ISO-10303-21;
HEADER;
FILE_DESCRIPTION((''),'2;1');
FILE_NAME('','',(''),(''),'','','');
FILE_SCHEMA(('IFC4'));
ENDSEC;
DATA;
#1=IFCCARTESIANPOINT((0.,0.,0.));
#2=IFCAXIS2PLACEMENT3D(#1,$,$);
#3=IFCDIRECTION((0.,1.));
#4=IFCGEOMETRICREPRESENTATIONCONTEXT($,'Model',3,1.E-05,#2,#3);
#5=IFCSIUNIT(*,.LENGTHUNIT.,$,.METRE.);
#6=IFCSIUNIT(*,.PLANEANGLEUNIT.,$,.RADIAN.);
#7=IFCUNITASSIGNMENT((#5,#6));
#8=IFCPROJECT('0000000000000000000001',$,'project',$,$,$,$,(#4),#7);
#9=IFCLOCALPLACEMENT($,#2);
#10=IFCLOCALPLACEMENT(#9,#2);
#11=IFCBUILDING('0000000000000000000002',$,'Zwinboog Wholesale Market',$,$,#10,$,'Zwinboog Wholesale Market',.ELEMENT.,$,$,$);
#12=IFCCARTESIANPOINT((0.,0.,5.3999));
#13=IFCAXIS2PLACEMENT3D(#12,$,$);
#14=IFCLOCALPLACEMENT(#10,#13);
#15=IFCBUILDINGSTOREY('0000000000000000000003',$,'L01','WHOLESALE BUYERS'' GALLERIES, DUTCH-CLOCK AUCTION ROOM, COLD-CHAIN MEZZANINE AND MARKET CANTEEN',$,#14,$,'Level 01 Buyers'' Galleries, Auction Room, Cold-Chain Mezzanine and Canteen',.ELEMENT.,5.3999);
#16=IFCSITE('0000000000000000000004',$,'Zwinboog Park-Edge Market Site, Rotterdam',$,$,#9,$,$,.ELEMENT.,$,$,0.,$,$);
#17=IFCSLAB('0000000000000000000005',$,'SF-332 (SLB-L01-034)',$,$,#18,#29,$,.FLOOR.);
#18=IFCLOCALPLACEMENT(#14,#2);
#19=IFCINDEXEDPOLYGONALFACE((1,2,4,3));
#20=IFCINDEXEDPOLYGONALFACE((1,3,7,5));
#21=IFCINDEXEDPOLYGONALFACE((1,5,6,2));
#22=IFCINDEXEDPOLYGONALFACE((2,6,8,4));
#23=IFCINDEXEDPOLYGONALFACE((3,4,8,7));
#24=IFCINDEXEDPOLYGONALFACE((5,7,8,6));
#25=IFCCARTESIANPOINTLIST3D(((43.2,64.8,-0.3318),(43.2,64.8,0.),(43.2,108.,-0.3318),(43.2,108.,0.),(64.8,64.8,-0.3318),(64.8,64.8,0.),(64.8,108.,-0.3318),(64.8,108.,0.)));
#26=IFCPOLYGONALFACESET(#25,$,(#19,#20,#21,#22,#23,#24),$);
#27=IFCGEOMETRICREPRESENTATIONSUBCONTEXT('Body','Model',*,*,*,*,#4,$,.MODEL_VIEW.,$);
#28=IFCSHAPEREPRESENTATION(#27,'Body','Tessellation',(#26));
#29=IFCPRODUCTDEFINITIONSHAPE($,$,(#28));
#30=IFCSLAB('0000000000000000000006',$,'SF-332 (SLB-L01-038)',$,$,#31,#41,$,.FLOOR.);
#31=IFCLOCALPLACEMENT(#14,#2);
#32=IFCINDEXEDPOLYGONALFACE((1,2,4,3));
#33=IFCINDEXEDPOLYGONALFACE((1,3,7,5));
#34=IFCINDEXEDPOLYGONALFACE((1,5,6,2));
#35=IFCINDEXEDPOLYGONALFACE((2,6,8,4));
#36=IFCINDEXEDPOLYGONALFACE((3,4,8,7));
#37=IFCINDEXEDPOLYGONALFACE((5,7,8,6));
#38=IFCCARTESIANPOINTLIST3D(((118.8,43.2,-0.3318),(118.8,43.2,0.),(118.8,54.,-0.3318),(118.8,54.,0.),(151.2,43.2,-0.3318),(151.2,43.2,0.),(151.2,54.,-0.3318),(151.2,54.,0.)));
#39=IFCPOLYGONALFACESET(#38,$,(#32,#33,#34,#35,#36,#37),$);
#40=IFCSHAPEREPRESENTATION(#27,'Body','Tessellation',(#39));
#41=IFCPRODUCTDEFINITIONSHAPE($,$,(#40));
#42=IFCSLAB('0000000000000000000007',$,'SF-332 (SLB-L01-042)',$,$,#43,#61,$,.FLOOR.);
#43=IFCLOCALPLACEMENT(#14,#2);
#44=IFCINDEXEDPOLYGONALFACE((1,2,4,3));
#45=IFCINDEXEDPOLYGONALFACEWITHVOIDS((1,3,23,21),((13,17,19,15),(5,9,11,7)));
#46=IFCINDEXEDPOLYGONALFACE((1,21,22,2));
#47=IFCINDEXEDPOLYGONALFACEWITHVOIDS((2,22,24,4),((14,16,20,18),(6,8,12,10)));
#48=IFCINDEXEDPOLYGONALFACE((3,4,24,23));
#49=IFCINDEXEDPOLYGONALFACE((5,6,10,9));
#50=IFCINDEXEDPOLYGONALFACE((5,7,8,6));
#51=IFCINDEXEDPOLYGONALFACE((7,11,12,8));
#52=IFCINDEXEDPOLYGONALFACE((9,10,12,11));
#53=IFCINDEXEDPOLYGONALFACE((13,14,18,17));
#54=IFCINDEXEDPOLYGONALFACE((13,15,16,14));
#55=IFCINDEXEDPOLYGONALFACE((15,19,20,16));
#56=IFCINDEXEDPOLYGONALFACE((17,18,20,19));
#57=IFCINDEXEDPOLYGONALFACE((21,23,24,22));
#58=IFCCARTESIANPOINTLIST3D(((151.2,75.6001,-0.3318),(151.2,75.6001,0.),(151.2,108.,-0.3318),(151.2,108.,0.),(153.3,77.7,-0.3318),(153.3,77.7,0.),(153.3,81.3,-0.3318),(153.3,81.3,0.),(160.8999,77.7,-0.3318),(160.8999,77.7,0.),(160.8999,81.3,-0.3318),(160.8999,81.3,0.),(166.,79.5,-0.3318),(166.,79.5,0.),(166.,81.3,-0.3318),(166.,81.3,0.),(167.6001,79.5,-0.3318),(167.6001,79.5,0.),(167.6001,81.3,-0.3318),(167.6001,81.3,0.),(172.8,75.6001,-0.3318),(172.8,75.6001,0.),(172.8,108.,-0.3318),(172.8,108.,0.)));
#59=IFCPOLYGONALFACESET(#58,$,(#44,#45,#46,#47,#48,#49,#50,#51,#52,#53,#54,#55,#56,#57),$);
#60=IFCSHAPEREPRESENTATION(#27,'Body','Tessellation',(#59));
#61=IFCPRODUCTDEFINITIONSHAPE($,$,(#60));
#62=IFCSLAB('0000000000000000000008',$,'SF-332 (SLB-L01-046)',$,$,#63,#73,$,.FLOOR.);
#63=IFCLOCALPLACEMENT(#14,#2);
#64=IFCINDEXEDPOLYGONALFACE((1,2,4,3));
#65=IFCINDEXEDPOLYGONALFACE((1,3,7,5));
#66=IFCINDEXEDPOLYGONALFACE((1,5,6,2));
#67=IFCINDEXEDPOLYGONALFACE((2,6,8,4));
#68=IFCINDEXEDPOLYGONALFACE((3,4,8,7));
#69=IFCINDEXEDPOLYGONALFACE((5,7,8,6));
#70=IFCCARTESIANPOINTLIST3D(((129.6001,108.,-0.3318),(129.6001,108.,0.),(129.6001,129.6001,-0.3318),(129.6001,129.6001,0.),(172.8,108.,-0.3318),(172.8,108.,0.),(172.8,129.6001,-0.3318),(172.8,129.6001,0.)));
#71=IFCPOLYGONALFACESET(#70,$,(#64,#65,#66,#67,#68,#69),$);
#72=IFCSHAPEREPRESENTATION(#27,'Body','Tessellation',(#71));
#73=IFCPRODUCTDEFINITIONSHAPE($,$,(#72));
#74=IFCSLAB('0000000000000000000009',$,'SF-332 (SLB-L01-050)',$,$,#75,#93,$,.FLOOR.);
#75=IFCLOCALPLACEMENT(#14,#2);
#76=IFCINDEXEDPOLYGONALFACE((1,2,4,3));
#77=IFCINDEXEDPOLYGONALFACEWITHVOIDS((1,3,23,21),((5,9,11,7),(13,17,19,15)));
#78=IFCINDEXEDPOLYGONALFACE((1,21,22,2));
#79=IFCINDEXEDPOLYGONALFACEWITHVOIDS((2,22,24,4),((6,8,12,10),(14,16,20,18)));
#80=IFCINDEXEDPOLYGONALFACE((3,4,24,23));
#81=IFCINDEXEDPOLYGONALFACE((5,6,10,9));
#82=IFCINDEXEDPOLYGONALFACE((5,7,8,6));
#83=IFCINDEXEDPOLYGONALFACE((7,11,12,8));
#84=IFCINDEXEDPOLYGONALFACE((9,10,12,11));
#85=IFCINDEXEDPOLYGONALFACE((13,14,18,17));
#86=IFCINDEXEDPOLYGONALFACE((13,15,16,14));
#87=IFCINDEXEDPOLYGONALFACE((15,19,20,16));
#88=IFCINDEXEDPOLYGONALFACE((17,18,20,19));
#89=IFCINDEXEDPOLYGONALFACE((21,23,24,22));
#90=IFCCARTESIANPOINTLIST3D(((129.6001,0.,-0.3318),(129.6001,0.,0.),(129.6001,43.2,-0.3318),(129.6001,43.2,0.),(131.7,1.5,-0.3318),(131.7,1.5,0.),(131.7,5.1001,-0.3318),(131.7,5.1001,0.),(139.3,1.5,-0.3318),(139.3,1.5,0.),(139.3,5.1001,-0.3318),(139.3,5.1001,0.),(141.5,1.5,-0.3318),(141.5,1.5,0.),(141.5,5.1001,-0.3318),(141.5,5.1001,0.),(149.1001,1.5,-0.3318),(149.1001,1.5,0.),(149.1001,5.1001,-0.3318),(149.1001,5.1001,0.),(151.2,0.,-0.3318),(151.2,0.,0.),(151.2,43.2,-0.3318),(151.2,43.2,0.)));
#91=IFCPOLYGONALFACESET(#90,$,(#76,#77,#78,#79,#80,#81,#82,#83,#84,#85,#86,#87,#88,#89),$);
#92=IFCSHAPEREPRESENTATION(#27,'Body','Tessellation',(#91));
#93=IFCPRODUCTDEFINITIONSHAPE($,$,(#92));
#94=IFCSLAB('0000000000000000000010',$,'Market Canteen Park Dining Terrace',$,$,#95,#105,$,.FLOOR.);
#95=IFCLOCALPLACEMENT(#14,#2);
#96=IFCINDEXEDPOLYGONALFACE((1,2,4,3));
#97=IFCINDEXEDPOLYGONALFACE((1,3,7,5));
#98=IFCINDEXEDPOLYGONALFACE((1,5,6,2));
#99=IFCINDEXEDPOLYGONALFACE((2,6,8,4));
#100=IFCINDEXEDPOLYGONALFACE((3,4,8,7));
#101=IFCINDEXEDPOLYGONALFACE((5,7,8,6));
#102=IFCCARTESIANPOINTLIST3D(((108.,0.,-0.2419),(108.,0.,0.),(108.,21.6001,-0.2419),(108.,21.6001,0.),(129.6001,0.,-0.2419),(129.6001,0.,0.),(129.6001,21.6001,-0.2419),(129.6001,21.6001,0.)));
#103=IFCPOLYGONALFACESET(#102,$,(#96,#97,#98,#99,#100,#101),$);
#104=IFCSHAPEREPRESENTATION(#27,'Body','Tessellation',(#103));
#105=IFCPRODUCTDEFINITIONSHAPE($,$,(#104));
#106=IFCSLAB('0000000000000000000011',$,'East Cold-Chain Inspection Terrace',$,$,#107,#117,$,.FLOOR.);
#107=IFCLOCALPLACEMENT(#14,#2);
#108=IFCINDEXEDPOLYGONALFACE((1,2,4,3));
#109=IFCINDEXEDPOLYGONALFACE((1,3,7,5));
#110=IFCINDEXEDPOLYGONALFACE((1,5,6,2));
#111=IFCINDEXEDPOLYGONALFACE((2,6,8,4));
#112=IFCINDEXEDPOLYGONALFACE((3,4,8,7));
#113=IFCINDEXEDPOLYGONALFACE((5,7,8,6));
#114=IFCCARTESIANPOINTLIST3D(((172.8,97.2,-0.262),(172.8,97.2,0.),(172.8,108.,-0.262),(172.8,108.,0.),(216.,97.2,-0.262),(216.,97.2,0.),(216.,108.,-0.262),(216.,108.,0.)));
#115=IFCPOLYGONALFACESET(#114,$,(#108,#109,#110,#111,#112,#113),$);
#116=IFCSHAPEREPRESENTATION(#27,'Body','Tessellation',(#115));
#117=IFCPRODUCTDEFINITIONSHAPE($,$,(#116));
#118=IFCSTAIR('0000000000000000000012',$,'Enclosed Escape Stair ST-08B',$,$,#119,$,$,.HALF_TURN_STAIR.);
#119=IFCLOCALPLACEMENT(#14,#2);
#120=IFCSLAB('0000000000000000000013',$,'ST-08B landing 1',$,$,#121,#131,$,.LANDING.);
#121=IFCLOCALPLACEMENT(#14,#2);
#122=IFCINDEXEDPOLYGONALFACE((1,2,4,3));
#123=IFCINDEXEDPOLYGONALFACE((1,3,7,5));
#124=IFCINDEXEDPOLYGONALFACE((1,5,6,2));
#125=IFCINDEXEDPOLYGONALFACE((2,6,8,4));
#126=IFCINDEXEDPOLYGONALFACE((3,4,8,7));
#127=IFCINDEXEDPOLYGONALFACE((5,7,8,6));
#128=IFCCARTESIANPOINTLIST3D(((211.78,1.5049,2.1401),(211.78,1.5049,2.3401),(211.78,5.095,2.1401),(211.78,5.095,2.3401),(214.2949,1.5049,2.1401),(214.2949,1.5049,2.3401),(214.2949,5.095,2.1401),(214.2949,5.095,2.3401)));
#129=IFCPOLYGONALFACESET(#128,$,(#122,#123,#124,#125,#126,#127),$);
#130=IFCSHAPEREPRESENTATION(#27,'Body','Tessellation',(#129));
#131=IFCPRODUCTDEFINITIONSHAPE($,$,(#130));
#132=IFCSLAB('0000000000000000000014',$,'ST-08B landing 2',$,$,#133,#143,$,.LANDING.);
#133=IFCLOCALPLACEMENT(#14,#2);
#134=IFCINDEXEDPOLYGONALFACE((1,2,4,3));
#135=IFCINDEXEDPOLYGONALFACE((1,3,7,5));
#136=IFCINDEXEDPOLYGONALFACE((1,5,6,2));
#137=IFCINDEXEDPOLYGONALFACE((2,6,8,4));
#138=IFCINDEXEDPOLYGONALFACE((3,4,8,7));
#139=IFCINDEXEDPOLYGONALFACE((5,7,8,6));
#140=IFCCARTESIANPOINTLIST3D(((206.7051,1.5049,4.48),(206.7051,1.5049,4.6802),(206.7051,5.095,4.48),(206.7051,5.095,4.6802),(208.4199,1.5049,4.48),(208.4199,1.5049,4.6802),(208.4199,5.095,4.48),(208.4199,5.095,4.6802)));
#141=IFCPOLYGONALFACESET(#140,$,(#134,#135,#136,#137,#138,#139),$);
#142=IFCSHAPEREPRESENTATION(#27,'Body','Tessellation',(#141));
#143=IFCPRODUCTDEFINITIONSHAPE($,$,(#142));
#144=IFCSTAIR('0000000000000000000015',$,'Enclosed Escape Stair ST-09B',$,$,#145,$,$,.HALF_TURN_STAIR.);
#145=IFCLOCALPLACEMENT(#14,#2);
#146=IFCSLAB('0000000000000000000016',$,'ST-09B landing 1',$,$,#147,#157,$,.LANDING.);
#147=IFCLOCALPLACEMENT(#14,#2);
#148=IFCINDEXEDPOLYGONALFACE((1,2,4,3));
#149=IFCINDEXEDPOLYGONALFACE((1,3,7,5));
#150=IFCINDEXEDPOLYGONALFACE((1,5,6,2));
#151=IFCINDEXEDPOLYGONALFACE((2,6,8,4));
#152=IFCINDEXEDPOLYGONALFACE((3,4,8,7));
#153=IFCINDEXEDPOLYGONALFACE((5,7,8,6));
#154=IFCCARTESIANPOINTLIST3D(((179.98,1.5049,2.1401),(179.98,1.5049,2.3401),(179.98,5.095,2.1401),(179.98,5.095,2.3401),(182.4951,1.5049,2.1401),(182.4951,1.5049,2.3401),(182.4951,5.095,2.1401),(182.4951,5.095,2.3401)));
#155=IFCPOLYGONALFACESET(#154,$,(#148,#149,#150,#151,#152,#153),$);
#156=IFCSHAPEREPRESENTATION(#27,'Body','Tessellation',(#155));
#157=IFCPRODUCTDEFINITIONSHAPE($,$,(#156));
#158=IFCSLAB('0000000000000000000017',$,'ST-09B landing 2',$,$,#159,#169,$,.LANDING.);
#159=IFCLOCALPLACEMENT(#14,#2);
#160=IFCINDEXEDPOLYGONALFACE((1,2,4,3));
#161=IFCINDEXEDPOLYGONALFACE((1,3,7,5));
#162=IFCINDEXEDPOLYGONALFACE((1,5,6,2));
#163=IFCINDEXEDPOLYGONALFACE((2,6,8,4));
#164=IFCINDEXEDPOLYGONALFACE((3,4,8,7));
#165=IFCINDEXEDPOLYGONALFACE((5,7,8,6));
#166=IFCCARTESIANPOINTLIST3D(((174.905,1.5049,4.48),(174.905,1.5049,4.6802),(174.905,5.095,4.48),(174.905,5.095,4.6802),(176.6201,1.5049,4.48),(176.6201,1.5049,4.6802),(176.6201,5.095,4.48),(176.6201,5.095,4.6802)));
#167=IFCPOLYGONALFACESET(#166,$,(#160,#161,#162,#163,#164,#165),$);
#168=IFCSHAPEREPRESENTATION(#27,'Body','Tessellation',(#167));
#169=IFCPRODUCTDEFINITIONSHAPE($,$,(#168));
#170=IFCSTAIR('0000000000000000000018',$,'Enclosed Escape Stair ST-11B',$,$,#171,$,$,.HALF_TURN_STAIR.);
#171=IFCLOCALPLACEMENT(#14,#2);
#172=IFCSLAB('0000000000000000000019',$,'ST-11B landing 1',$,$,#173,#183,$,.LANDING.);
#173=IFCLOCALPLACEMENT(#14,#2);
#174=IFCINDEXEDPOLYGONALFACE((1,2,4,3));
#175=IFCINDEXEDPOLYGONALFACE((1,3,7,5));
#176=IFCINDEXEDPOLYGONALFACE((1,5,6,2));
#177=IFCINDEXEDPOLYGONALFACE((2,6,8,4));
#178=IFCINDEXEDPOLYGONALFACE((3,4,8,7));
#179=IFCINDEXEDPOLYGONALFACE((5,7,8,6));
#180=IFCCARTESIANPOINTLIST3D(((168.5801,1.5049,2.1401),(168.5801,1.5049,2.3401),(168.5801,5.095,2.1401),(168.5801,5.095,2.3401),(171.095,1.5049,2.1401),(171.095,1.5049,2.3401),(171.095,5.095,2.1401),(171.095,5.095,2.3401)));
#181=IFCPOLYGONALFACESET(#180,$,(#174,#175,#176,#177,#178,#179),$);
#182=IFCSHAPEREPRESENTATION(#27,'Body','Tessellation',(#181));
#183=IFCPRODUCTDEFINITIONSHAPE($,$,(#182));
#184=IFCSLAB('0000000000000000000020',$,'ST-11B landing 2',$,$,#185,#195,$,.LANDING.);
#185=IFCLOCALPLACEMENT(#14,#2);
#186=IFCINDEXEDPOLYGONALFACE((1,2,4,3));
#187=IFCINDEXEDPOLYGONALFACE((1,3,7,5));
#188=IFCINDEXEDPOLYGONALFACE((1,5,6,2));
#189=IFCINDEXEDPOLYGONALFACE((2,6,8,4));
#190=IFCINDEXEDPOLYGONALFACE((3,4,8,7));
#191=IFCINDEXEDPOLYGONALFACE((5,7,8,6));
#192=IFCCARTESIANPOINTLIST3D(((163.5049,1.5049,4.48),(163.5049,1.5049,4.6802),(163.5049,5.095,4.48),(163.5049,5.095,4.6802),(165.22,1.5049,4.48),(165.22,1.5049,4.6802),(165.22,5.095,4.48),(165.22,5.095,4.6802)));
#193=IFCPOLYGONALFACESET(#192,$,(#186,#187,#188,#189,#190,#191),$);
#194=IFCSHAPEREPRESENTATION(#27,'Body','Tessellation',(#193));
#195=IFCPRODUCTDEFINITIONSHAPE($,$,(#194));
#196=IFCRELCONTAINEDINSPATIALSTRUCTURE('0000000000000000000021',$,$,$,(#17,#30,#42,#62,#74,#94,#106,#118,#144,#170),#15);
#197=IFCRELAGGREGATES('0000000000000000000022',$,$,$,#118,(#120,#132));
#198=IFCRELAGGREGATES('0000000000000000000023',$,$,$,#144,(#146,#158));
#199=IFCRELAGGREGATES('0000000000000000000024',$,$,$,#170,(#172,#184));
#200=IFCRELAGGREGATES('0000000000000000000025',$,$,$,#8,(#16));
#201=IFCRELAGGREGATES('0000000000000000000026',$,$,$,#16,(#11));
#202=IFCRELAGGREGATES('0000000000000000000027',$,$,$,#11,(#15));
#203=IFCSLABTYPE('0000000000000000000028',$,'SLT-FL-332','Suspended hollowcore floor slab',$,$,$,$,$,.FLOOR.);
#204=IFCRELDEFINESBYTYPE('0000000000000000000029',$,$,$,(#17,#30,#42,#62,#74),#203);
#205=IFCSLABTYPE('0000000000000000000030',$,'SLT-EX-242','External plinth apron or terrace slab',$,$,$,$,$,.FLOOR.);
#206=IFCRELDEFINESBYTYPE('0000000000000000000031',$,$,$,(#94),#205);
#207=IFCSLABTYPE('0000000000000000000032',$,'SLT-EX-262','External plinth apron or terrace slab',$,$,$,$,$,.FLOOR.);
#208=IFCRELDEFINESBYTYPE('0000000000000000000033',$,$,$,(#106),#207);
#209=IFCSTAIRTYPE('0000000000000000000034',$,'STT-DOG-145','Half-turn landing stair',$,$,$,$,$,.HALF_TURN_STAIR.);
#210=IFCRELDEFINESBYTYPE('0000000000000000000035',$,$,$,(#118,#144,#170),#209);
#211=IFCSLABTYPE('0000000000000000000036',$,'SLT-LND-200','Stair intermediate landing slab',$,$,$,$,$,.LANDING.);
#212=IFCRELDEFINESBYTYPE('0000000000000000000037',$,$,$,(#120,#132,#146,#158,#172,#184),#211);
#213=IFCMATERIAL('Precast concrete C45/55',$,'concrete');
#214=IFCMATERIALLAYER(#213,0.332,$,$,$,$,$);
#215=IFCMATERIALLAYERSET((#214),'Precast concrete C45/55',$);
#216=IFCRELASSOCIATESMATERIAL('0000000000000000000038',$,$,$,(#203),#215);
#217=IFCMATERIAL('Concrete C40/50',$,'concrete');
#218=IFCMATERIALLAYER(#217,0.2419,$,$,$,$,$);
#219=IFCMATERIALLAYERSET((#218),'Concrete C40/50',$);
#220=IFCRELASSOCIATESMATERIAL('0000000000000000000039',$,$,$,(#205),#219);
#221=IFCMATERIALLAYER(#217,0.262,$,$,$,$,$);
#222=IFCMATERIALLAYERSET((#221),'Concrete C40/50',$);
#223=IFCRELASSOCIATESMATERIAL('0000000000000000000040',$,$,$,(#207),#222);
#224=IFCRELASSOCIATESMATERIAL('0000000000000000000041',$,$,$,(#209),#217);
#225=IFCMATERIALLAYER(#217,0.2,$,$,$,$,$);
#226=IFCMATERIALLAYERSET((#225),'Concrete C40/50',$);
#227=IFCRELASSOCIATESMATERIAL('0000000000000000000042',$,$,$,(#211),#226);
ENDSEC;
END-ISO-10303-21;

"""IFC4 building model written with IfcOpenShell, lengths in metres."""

from ifc_helpers import new_model, si_unit, direction, frame, origin, place, context, subcontext, project, spatial, polyline, outline, extrude, material, layer, layer_set, type_object, element, aggregate, save


model = new_model("IFC4")

# Units and contexts
model_context = context("Model", 3, precision=1e-05, world=origin(), true_north=direction((0.0, 1.0)))
body_context = subcontext(model_context, "Body", "Model", "MODEL_VIEW")
ifc_project = project(units=[si_unit("LENGTHUNIT", "METRE"), si_unit("PLANEANGLEUNIT", "RADIAN")], contexts=[model_context])

# Site, building, storey
site_placement = place(None, origin())
site = spatial("IfcSite", under=ifc_project, at=site_placement, Name="Zwinboog Park-Edge Market Site, Rotterdam", CompositionType="ELEMENT", RefElevation=0.0)
building_placement = place(site_placement, origin())
building = spatial("IfcBuilding", under=site, at=building_placement, Name="Zwinboog Wholesale Market", LongName="Zwinboog Wholesale Market", CompositionType="ELEMENT")
storey_placement = place(building_placement, frame((0.0, 0.0, 5.3999)))
storey = spatial("IfcBuildingStorey", under=building, at=storey_placement, Name="L01", Description="WHOLESALE BUYERS' GALLERIES, DUTCH-CLOCK AUCTION ROOM, COLD-CHAIN MEZZANINE AND MARKET CANTEEN", LongName="Level 01 Buyers' Galleries, Auction Room, Cold-Chain Mezzanine and Canteen", CompositionType="ELEMENT", Elevation=5.3999)

# Shared definitions
ifc_material_1 = material(Name="Precast concrete C45/55", Category="concrete")

# Slabs
ifc_layer_1 = layer(ifc_material_1, 0.332)
ifc_layer_set_1 = layer_set([ifc_layer_1], Name="Precast concrete C45/55")
slab_type_1 = type_object("IfcSlabType", Name="SLT-FL-332", Description="Suspended hollowcore floor slab", PredefinedType="FLOOR", material=ifc_layer_set_1)
slab_1_placement = place(storey_placement, frame((0.0, 0.0, -0.3318)))
element("IfcSlab", 1, at=slab_1_placement, inside=storey, type_object=slab_type_1, Name="SF-332 (SLB-L01-034)", PredefinedType="FLOOR", context=body_context, shape_type="SweptSolid", body=[
    extrude(outline(polyline([(43.2, 64.8), (64.8, 64.8), (64.8, 108.0), (43.2, 108.0), (43.2, 64.8)])), origin(), (0.0, 0.0, 1.0), 0.3318),
])
slab_2_placement = place(storey_placement, frame((0.0, 0.0, -0.3318)))
element("IfcSlab", 2, at=slab_2_placement, inside=storey, type_object=slab_type_1, Name="SF-332 (SLB-L01-038)", PredefinedType="FLOOR", context=body_context, shape_type="SweptSolid", body=[
    extrude(outline(polyline([(118.8, 43.2), (151.2, 43.2), (151.2, 54.0), (118.8, 54.0), (118.8, 43.2)])), origin(), (0.0, 0.0, 1.0), 0.3318),
])
slab_3_placement = place(storey_placement, frame((0.0, 0.0, -0.3318)))
element("IfcSlab", 3, at=slab_3_placement, inside=storey, type_object=slab_type_1, Name="SF-332 (SLB-L01-042)", PredefinedType="FLOOR", context=body_context, shape_type="SweptSolid", body=[
    extrude(outline(polyline([(151.2, 75.6001), (172.8, 75.6001), (172.8, 108.0), (151.2, 108.0), (151.2, 75.6001)]), holes=[polyline([(153.3, 77.7), (160.8999, 77.7), (160.8999, 81.3), (153.3, 81.3), (153.3, 77.7)]), polyline([(166.0, 79.5), (167.6001, 79.5), (167.6001, 81.3), (166.0, 81.3), (166.0, 79.5)])]), origin(), (0.0, 0.0, 1.0), 0.3318),
])
slab_4_placement = place(storey_placement, frame((0.0, 0.0, -0.3318)))
element("IfcSlab", 4, at=slab_4_placement, inside=storey, type_object=slab_type_1, Name="SF-332 (SLB-L01-046)", PredefinedType="FLOOR", context=body_context, shape_type="SweptSolid", body=[
    extrude(outline(polyline([(129.6001, 108.0), (172.8, 108.0), (172.8, 129.6001), (129.6001, 129.6001), (129.6001, 108.0)])), origin(), (0.0, 0.0, 1.0), 0.3318),
])
slab_5_placement = place(storey_placement, frame((0.0, 0.0, -0.3318)))
element("IfcSlab", 5, at=slab_5_placement, inside=storey, type_object=slab_type_1, Name="SF-332 (SLB-L01-050)", PredefinedType="FLOOR", context=body_context, shape_type="SweptSolid", body=[
    extrude(outline(polyline([(129.6001, 0.0), (151.2, 0.0), (151.2, 43.2), (129.6001, 43.2), (129.6001, 0.0)]), holes=[polyline([(131.7, 1.5), (139.3, 1.5), (139.3, 5.1001), (131.7, 5.1001), (131.7, 1.5)]), polyline([(141.5, 1.5), (149.1001, 1.5), (149.1001, 5.1001), (141.5, 5.1001), (141.5, 1.5)])]), origin(), (0.0, 0.0, 1.0), 0.3318),
])
ifc_material_2 = material(Name="Concrete C40/50", Category="concrete")
ifc_layer_2 = layer(ifc_material_2, 0.2419)
ifc_layer_set_2 = layer_set([ifc_layer_2], Name="Concrete C40/50")
slab_type_2 = type_object("IfcSlabType", Name="SLT-EX-242", Description="External plinth apron or terrace slab", PredefinedType="FLOOR", material=ifc_layer_set_2)
slab_6_placement = place(storey_placement, frame((0.0, 0.0, -0.2419)))
element("IfcSlab", 6, at=slab_6_placement, inside=storey, type_object=slab_type_2, Name="Market Canteen Park Dining Terrace", PredefinedType="FLOOR", context=body_context, shape_type="SweptSolid", body=[
    extrude(outline(polyline([(108.0, 0.0), (129.6001, 0.0), (129.6001, 21.6001), (108.0, 21.6001), (108.0, 0.0)])), origin(), (0.0, 0.0, 1.0), 0.2419),
])
ifc_layer_3 = layer(ifc_material_2, 0.262)
ifc_layer_set_3 = layer_set([ifc_layer_3], Name="Concrete C40/50")
slab_type_3 = type_object("IfcSlabType", Name="SLT-EX-262", Description="External plinth apron or terrace slab", PredefinedType="FLOOR", material=ifc_layer_set_3)
slab_7_placement = place(storey_placement, frame((0.0, 0.0, -0.262)))
element("IfcSlab", 7, at=slab_7_placement, inside=storey, type_object=slab_type_3, Name="East Cold-Chain Inspection Terrace", PredefinedType="FLOOR", context=body_context, shape_type="SweptSolid", body=[
    extrude(outline(polyline([(172.8, 97.2), (216.0, 97.2), (216.0, 108.0), (172.8, 108.0), (172.8, 97.2)])), origin(), (0.0, 0.0, 1.0), 0.262),
])

# Stairs, slabs
stair_type_1 = type_object("IfcStairType", Name="STT-DOG-145", Description="Half-turn landing stair", PredefinedType="HALF_TURN_STAIR", material=ifc_material_2)
stair_1_placement = place(storey_placement, origin())
stair_1 = element("IfcStair", 8, at=stair_1_placement, inside=storey, type_object=stair_type_1, Name="Enclosed Escape Stair ST-08B", PredefinedType="HALF_TURN_STAIR")
ifc_layer_4 = layer(ifc_material_2, 0.2)
ifc_layer_set_4 = layer_set([ifc_layer_4], Name="Concrete C40/50")
slab_type_4 = type_object("IfcSlabType", Name="SLT-LND-200", Description="Stair intermediate landing slab", PredefinedType="LANDING", material=ifc_layer_set_4)
slab_8_placement = place(storey_placement, frame((0.0, 0.0, 2.1401)))
slab_8 = element("IfcSlab", 9, at=slab_8_placement, type_object=slab_type_4, Name="ST-08B landing 1", PredefinedType="LANDING", context=body_context, shape_type="SweptSolid", body=[
    extrude(outline(polyline([(211.78, 1.5049), (214.2949, 1.5049), (214.2949, 5.095), (211.78, 5.095), (211.78, 1.5049)])), origin(), (0.0, 0.0, 1.0), 0.2),
])
slab_9_placement = place(storey_placement, frame((0.0, 0.0, 4.48)))
slab_9 = element("IfcSlab", 10, at=slab_9_placement, type_object=slab_type_4, Name="ST-08B landing 2", PredefinedType="LANDING", context=body_context, shape_type="SweptSolid", body=[
    extrude(outline(polyline([(206.7051, 1.5049), (208.4199, 1.5049), (208.4199, 5.095), (206.7051, 5.095), (206.7051, 1.5049)])), origin(), (0.0, 0.0, 1.0), 0.2002),
])
aggregate(stair_1, [slab_8, slab_9])
stair_2_placement = place(storey_placement, origin())
stair_2 = element("IfcStair", 11, at=stair_2_placement, inside=storey, type_object=stair_type_1, Name="Enclosed Escape Stair ST-09B", PredefinedType="HALF_TURN_STAIR")
slab_10_placement = place(storey_placement, frame((0.0, 0.0, 2.1401)))
slab_10 = element("IfcSlab", 12, at=slab_10_placement, type_object=slab_type_4, Name="ST-09B landing 1", PredefinedType="LANDING", context=body_context, shape_type="SweptSolid", body=[
    extrude(outline(polyline([(179.98, 1.5049), (182.4951, 1.5049), (182.4951, 5.095), (179.98, 5.095), (179.98, 1.5049)])), origin(), (0.0, 0.0, 1.0), 0.2),
])
slab_11_placement = place(storey_placement, frame((0.0, 0.0, 4.48)))
slab_11 = element("IfcSlab", 13, at=slab_11_placement, type_object=slab_type_4, Name="ST-09B landing 2", PredefinedType="LANDING", context=body_context, shape_type="SweptSolid", body=[
    extrude(outline(polyline([(174.905, 1.5049), (176.6201, 1.5049), (176.6201, 5.095), (174.905, 5.095), (174.905, 1.5049)])), origin(), (0.0, 0.0, 1.0), 0.2002),
])
aggregate(stair_2, [slab_10, slab_11])
stair_3_placement = place(storey_placement, origin())
stair_3 = element("IfcStair", 14, at=stair_3_placement, inside=storey, type_object=stair_type_1, Name="Enclosed Escape Stair ST-11B", PredefinedType="HALF_TURN_STAIR")
slab_12_placement = place(storey_placement, frame((0.0, 0.0, 2.1401)))
slab_12 = element("IfcSlab", 15, at=slab_12_placement, type_object=slab_type_4, Name="ST-11B landing 1", PredefinedType="LANDING", context=body_context, shape_type="SweptSolid", body=[
    extrude(outline(polyline([(168.5801, 1.5049), (171.095, 1.5049), (171.095, 5.095), (168.5801, 5.095), (168.5801, 1.5049)])), origin(), (0.0, 0.0, 1.0), 0.2),
])
slab_13_placement = place(storey_placement, frame((0.0, 0.0, 4.48)))
slab_13 = element("IfcSlab", 16, at=slab_13_placement, type_object=slab_type_4, Name="ST-11B landing 2", PredefinedType="LANDING", context=body_context, shape_type="SweptSolid", body=[
    extrude(outline(polyline([(163.5049, 1.5049), (165.22, 1.5049), (165.22, 5.095), (163.5049, 5.095), (163.5049, 1.5049)])), origin(), (0.0, 0.0, 1.0), 0.2002),
])
aggregate(stair_3, [slab_12, slab_13])

save(model, "model.ifc")
